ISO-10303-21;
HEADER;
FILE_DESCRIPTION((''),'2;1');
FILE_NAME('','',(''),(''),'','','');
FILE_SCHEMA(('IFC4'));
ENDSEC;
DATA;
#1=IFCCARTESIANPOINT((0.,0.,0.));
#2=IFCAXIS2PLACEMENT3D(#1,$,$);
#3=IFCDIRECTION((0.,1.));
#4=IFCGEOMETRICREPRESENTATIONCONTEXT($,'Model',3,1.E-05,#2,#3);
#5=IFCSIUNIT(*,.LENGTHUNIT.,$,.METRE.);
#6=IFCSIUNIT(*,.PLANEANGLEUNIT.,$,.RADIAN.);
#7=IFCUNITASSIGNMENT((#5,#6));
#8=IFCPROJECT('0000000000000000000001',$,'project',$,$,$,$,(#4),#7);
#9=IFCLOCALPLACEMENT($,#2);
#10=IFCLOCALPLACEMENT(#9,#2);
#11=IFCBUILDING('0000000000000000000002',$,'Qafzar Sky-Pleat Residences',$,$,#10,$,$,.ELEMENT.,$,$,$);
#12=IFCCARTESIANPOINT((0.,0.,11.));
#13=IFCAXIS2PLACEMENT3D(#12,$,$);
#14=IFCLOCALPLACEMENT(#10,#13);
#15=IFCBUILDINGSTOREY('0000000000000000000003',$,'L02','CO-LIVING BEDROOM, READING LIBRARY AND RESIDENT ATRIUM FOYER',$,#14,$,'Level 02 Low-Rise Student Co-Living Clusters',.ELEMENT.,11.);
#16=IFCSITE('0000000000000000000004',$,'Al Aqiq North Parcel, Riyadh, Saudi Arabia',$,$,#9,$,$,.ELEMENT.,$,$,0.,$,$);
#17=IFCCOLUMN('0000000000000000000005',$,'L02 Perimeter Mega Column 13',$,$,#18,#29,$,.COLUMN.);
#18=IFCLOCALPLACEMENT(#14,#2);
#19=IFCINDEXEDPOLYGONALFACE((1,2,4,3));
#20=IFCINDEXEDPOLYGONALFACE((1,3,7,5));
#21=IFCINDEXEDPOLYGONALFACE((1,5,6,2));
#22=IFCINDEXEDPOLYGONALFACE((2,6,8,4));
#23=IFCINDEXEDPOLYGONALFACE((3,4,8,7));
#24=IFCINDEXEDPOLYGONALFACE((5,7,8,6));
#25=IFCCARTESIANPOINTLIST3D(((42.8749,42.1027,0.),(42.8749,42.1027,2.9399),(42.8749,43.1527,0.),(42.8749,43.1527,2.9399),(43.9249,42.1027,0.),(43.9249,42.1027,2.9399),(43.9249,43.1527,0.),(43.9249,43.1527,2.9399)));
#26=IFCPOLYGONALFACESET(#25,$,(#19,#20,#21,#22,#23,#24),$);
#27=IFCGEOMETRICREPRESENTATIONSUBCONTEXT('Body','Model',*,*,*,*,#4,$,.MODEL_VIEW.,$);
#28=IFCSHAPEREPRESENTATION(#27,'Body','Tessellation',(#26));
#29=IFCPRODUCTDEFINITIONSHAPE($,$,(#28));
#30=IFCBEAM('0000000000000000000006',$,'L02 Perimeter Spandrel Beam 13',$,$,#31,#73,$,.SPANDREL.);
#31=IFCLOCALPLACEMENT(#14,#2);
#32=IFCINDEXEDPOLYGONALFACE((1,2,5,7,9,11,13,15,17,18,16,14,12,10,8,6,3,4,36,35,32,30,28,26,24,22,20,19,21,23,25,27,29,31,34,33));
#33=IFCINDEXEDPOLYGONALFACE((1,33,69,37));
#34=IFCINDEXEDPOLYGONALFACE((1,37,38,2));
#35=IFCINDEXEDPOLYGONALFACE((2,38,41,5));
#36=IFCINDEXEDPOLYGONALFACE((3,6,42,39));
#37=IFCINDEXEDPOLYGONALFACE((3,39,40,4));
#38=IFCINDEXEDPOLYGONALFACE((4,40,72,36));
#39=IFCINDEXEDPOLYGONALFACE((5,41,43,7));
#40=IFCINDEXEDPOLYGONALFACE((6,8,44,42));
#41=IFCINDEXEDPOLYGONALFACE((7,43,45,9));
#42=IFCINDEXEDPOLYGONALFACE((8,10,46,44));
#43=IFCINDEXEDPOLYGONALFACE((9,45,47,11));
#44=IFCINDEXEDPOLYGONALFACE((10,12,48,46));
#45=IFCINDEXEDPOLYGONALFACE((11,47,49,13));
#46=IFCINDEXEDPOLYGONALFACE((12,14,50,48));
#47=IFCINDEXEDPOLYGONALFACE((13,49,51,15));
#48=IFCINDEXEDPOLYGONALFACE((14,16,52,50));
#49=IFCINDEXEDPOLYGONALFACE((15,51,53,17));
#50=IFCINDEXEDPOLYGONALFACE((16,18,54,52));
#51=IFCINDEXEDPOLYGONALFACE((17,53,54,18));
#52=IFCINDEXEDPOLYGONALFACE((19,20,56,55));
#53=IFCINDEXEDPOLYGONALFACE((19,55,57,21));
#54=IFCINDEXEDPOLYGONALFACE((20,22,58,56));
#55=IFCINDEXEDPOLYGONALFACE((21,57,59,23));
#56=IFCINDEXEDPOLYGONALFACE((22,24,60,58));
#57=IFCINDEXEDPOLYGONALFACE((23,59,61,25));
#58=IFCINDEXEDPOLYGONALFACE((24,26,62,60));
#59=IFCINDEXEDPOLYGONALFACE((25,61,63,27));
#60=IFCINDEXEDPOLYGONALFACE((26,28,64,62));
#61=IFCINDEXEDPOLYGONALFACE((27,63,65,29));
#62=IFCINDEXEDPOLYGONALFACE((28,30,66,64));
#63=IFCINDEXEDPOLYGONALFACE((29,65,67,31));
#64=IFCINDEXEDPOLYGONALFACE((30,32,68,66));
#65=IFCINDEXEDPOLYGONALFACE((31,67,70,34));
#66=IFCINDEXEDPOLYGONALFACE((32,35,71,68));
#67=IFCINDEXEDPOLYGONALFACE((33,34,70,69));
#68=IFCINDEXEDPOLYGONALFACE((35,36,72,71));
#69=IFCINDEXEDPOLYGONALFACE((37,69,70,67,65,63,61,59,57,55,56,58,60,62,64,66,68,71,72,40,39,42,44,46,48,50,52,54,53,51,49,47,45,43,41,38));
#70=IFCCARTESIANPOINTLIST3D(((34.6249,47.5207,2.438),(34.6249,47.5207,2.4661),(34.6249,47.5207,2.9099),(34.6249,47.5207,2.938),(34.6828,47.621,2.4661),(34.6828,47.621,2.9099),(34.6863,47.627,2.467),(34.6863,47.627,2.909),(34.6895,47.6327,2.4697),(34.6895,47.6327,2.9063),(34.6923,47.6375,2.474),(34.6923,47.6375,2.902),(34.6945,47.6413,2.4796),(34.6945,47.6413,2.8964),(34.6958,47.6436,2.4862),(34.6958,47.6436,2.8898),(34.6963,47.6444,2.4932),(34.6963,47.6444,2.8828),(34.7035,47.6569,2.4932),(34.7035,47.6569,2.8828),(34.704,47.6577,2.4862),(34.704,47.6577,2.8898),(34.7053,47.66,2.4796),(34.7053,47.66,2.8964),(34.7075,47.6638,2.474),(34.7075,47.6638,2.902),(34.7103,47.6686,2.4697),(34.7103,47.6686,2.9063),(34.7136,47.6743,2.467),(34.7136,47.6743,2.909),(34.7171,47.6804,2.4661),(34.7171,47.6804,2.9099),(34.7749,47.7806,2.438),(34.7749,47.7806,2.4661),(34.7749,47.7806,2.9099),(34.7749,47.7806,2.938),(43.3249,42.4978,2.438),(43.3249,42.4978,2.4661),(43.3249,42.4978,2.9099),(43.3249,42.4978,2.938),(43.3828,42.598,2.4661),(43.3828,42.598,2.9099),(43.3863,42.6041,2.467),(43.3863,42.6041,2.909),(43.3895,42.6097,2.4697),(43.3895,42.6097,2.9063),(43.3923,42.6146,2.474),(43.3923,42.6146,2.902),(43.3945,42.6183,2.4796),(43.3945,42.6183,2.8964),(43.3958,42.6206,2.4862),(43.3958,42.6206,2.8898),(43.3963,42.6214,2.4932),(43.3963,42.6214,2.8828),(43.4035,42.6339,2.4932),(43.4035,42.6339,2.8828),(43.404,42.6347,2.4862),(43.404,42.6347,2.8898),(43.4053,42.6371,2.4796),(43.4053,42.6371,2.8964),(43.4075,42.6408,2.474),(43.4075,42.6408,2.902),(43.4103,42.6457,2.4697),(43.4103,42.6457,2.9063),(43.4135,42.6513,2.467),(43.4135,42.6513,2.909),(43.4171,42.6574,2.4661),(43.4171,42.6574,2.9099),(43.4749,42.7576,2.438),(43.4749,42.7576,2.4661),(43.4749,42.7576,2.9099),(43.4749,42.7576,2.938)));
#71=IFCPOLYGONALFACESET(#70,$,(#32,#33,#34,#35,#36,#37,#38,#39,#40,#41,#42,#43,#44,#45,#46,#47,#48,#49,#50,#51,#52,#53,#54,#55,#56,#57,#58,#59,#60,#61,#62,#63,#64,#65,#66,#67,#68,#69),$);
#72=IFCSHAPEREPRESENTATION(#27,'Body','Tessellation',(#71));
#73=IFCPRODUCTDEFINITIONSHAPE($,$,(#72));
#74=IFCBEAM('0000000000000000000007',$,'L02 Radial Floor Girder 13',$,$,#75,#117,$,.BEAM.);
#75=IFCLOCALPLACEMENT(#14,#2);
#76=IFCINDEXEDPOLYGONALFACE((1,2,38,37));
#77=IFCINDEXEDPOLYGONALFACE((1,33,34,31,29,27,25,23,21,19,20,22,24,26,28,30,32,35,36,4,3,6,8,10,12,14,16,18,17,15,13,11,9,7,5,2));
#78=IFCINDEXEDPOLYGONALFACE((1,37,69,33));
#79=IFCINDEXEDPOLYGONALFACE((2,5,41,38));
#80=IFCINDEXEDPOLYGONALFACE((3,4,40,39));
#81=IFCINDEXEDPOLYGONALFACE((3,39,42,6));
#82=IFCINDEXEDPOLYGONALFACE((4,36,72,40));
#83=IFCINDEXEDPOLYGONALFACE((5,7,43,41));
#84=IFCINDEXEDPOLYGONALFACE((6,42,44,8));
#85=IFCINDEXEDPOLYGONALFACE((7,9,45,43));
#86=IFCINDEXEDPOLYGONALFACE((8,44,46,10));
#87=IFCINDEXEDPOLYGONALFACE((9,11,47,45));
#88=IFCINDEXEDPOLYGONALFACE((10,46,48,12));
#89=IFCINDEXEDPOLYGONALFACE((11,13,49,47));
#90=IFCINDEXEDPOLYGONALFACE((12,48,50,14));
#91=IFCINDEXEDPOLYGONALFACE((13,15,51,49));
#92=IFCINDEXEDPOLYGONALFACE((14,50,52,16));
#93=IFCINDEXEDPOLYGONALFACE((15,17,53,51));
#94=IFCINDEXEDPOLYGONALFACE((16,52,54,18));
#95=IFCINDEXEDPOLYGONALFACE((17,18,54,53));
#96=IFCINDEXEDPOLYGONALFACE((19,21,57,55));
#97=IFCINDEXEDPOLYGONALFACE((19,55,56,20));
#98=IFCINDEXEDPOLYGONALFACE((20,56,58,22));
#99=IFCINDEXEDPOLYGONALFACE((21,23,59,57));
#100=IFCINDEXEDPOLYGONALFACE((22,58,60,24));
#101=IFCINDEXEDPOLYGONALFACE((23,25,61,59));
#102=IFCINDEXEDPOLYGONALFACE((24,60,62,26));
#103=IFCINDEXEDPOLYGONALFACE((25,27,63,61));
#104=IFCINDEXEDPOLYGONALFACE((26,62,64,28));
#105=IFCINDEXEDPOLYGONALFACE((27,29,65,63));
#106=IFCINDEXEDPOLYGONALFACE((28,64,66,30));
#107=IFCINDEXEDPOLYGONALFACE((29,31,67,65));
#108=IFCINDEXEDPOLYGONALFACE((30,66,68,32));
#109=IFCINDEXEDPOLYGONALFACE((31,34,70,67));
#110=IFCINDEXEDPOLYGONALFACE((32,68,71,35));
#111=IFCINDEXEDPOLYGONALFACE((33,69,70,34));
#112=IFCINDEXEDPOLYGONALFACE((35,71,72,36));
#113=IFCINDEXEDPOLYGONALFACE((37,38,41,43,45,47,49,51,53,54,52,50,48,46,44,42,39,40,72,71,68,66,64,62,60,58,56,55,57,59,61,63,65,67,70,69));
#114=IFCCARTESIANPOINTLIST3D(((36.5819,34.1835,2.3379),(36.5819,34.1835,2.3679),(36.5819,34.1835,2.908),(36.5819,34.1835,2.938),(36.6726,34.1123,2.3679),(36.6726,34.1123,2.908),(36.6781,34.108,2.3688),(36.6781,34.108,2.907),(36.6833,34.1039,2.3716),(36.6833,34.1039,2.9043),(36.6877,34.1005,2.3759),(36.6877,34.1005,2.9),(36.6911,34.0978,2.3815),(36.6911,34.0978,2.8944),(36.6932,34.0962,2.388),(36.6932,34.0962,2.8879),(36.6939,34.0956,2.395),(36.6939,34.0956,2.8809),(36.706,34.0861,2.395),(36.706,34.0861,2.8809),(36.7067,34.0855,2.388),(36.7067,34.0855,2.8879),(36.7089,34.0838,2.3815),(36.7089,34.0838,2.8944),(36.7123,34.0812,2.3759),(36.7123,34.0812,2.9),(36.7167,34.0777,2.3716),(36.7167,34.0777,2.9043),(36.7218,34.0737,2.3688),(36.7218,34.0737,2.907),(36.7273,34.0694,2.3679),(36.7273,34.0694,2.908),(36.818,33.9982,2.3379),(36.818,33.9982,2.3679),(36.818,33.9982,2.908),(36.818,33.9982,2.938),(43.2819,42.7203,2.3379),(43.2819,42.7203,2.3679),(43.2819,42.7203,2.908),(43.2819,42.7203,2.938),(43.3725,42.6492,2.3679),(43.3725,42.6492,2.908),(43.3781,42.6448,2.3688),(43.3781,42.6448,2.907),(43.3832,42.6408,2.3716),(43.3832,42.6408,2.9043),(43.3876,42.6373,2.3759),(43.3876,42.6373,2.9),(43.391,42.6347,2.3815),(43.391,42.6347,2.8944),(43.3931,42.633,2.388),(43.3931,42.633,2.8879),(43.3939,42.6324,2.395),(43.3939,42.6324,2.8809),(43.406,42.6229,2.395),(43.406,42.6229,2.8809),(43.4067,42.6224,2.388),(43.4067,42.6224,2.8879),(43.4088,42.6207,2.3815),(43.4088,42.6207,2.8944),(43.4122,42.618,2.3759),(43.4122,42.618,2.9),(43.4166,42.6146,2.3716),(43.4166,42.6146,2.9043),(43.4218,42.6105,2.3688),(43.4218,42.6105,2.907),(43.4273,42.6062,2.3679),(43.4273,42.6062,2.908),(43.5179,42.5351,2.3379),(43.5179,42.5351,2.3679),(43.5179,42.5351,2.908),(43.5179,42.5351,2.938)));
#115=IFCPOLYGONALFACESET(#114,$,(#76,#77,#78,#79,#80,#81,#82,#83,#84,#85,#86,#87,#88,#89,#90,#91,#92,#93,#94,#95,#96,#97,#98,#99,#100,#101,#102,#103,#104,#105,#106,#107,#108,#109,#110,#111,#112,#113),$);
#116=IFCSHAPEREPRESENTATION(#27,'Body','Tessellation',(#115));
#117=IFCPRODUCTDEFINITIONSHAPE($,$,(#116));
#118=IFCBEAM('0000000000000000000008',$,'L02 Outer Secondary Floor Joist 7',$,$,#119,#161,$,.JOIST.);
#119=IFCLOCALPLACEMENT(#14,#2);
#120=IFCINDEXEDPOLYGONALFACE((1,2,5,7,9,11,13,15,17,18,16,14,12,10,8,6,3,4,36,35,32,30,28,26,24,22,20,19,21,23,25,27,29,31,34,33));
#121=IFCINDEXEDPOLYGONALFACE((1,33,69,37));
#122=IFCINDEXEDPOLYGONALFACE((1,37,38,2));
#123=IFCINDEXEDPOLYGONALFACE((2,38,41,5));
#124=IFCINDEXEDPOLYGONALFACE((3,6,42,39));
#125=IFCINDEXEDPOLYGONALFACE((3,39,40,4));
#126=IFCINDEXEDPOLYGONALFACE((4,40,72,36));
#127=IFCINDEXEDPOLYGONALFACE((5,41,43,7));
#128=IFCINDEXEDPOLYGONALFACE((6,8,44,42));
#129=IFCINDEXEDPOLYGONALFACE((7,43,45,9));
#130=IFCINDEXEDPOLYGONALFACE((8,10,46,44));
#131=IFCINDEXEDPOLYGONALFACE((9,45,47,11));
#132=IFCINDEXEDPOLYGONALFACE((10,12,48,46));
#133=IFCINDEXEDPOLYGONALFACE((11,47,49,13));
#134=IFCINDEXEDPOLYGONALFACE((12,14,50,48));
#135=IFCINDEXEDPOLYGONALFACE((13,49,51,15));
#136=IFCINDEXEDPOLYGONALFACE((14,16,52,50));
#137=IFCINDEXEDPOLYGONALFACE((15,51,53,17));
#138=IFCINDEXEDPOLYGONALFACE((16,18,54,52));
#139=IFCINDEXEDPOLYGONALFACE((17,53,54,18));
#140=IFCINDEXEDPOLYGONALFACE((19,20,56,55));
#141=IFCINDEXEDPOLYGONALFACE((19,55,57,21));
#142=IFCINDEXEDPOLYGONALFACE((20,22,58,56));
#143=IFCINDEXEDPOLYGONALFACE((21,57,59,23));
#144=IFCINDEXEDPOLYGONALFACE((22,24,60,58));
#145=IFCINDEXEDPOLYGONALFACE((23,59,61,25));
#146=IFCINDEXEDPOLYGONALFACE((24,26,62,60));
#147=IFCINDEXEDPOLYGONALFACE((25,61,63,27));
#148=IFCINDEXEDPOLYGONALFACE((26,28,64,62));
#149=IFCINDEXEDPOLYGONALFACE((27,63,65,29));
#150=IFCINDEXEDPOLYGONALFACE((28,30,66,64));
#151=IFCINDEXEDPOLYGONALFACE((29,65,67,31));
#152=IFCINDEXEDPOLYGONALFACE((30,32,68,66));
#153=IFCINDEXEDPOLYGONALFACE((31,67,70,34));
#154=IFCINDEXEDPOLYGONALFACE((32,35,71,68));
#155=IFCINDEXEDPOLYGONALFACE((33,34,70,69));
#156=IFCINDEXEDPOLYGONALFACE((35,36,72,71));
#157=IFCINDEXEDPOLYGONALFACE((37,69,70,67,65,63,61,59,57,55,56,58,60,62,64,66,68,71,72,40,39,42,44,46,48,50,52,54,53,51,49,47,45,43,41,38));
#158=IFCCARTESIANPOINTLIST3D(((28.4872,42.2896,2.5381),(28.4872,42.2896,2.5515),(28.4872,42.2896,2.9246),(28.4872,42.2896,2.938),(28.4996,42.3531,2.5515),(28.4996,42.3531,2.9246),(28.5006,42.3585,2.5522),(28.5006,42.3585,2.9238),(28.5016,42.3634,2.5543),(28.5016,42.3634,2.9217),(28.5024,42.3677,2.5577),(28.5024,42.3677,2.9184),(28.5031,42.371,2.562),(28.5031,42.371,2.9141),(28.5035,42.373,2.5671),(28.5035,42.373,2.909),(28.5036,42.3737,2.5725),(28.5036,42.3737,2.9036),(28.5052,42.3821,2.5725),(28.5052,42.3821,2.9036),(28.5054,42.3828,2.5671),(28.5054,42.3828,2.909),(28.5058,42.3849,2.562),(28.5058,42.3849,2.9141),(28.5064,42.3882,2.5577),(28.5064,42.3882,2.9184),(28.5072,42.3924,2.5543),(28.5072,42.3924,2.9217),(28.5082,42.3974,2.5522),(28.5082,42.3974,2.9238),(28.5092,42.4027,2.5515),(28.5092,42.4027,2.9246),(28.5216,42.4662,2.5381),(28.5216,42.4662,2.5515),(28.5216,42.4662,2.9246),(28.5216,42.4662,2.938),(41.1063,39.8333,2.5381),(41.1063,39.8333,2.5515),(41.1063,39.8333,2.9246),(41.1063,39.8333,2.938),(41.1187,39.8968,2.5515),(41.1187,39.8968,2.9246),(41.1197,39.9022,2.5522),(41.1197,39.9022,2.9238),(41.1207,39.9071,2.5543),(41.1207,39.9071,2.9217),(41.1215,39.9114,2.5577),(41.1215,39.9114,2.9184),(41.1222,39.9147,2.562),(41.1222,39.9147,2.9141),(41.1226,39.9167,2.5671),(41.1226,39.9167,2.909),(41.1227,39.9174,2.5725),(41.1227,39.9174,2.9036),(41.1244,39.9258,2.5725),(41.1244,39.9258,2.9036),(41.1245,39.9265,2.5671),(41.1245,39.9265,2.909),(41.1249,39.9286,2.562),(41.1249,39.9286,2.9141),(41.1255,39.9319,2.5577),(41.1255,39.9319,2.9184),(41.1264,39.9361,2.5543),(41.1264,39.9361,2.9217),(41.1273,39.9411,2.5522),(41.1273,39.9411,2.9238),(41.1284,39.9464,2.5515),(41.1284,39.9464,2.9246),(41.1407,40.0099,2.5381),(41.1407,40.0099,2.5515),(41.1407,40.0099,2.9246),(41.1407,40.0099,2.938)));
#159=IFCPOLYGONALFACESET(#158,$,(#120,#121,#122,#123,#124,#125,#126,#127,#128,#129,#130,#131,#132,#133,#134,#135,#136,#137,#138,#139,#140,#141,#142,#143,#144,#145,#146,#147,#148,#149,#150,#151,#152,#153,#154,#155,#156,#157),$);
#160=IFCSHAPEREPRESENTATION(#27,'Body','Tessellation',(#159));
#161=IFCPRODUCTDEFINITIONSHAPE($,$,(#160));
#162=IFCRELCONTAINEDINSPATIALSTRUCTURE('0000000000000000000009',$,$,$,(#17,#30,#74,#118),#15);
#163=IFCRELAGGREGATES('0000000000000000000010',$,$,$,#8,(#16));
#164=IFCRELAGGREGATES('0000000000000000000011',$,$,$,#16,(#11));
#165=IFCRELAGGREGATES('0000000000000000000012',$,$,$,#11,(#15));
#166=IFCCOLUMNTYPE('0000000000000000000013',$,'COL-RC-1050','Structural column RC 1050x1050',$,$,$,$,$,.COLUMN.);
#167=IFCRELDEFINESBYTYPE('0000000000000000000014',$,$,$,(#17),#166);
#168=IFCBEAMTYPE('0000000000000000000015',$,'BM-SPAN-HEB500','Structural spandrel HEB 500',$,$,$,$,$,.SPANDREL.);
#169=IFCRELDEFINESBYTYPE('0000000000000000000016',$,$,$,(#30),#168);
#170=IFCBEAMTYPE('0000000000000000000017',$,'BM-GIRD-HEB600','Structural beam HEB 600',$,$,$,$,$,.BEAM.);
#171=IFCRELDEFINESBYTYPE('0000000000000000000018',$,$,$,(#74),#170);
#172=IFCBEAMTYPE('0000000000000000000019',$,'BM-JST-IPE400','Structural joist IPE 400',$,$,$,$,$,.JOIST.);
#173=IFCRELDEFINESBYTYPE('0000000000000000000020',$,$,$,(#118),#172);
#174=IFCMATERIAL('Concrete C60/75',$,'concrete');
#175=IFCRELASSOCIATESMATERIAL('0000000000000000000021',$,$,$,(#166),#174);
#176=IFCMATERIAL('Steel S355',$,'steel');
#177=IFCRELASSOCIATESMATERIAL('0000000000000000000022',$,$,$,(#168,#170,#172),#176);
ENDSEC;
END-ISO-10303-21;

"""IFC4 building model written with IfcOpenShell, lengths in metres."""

from ifc_helpers import new_model, si_unit, direction, frame, origin, origin_2d, place, context, subcontext, project, spatial, rectangle, i_section, extrude, source, transform, mapped, material, material_profile, profile_set, type_object, element, save


model = new_model("IFC4")

# Units and contexts
model_context = context("Model", 3, precision=1e-05, world=origin(), true_north=direction((0.0, 1.0)))
body_context = subcontext(model_context, "Body", "Model", "MODEL_VIEW")
ifc_project = project(units=[si_unit("LENGTHUNIT", "METRE"), si_unit("PLANEANGLEUNIT", "RADIAN")], contexts=[model_context])

# Site, building, storey
site_placement = place(None, origin())
site = spatial("IfcSite", under=ifc_project, at=site_placement, Name="Al Aqiq North Parcel, Riyadh, Saudi Arabia", CompositionType="ELEMENT", RefElevation=0.0)
building_placement = place(site_placement, origin())
building = spatial("IfcBuilding", under=site, at=building_placement, Name="Qafzar Sky-Pleat Residences", CompositionType="ELEMENT")
storey_placement = place(building_placement, frame((0.0, 0.0, 11.0)))
storey = spatial("IfcBuildingStorey", under=building, at=storey_placement, Name="L02", Description="CO-LIVING BEDROOM, READING LIBRARY AND RESIDENT ATRIUM FOYER", LongName="Level 02 Low-Rise Student Co-Living Clusters", CompositionType="ELEMENT", Elevation=11.0)

# Column
ifc_material_1 = material(Name="Concrete C60/75", Category="concrete")
ifc_material_profile_1 = material_profile(ifc_material_1, rectangle(XDim=1.05, YDim=1.05, at=origin_2d()), Name="RC 1050x1050")
ifc_profile_set_1 = profile_set([ifc_material_profile_1], Name="Concrete C60/75")
column_type = type_object("IfcColumnType", Name="COL-RC-1050", Description="Structural column RC 1050x1050", PredefinedType="COLUMN", material=ifc_profile_set_1)
shared_shape_1 = source(origin(), body_context, "Body", "SweptSolid", [
    extrude(rectangle(XDim=1.05, YDim=1.05, at=origin_2d()), origin(), (0.0, 0.0, 1.0), 2.9399),
])
column_placement = place(storey_placement, frame((43.3999, 42.6277, 0.0), z_axis=(0.0, 0.0, 1.0), x_axis=(1.0, 0.0, 0.0)))
element("IfcColumn", 1, at=column_placement, inside=storey, type_object=column_type, Name="L02 Perimeter Mega Column 13", PredefinedType="COLUMN", context=body_context, shape_type="MappedRepresentation", body=[
    mapped(shared_shape_1, transform((0.0, 0.0, 0.0), x_axis=(1.0, 0.0, 0.0), y_axis=(0.0, 1.0, 0.0), z_axis=(0.0, 0.0, 1.0), scale=1.0)),
])

# Beams
ifc_material_2 = material(Name="Steel S355", Category="steel")
ifc_material_profile_2 = material_profile(ifc_material_2, i_section(OverallWidth=0.3, OverallDepth=0.5, WebThickness=0.0144, FlangeThickness=0.0281, FilletRadius=0.0271, at=origin_2d()), Name="HEB 500")
ifc_profile_set_2 = profile_set([ifc_material_profile_2], Name="Steel S355")
beam_type_1 = type_object("IfcBeamType", Name="BM-SPAN-HEB500", Description="Structural spandrel HEB 500", PredefinedType="SPANDREL", material=ifc_profile_set_2)
shared_shape_2 = source(origin(), body_context, "Body", "SweptSolid", [
    extrude(i_section(OverallWidth=0.3, OverallDepth=0.5, WebThickness=0.0144, FlangeThickness=0.0281, FilletRadius=0.0271, at=origin_2d()), origin(), (0.0, 0.0, 1.0), 10.0459),
])
beam_1_placement = place(storey_placement, frame((43.3999, 42.6277, 2.688), z_axis=(-0.866024, 0.500002, 0.0), x_axis=(-0.500002, -0.866024, 0.0)))
element("IfcBeam", 2, at=beam_1_placement, inside=storey, type_object=beam_type_1, Name="L02 Perimeter Spandrel Beam 13", PredefinedType="SPANDREL", context=body_context, shape_type="MappedRepresentation", body=[
    mapped(shared_shape_2, transform((0.0, 0.0, 0.0), x_axis=(1.0, 0.0, 0.0), y_axis=(0.0, 1.0, 0.0), z_axis=(0.0, 0.0, 1.0), scale=1.0)),
])
ifc_material_profile_3 = material_profile(ifc_material_2, i_section(OverallWidth=0.3, OverallDepth=0.6001, WebThickness=0.0154, FlangeThickness=0.03, FilletRadius=0.0271, at=origin_2d()), Name="HEB 600")
ifc_profile_set_3 = profile_set([ifc_material_profile_3], Name="Steel S355")
beam_type_2 = type_object("IfcBeamType", Name="BM-GIRD-HEB600", Description="Structural beam HEB 600", PredefinedType="BEAM", material=ifc_profile_set_3)
shared_shape_3 = source(origin(), body_context, "Body", "SweptSolid", [
    extrude(i_section(OverallWidth=0.3, OverallDepth=0.6001, WebThickness=0.0154, FlangeThickness=0.03, FilletRadius=0.0271, at=origin_2d()), origin(), (0.0, 0.0, 1.0), 10.8521),
])
beam_2_placement = place(storey_placement, frame((43.3999, 42.6277, 2.6379), z_axis=(-0.617389, -0.786658, 0.0), x_axis=(0.786658, -0.617389, 0.0)))
element("IfcBeam", 3, at=beam_2_placement, inside=storey, type_object=beam_type_2, Name="L02 Radial Floor Girder 13", PredefinedType="BEAM", context=body_context, shape_type="MappedRepresentation", body=[
    mapped(shared_shape_3, transform((0.0, 0.0, 0.0), x_axis=(1.0, 0.0, 0.0), y_axis=(0.0, 1.0, 0.0), z_axis=(0.0, 0.0, 1.0), scale=1.0)),
])
ifc_material_profile_4 = material_profile(ifc_material_2, i_section(OverallWidth=0.1799, OverallDepth=0.3999, WebThickness=0.0085, FlangeThickness=0.0134, FilletRadius=0.021, at=origin_2d()), Name="IPE 400")
ifc_profile_set_4 = profile_set([ifc_material_profile_4], Name="Steel S355")
beam_type_3 = type_object("IfcBeamType", Name="BM-JST-IPE400", Description="Structural joist IPE 400", PredefinedType="JOIST", material=ifc_profile_set_4)
shared_shape_4 = source(origin(), body_context, "Body", "SweptSolid", [
    extrude(i_section(OverallWidth=0.1799, OverallDepth=0.3999, WebThickness=0.0085, FlangeThickness=0.0134, FilletRadius=0.021, at=origin_2d()), origin(), (0.0, 0.0, 1.0), 12.856),
])
beam_3_placement = place(storey_placement, frame((41.1235, 39.9216, 2.738), z_axis=(-0.981578, 0.191063, 0.0), x_axis=(-0.191063, -0.981578, 0.0)))
element("IfcBeam", 4, at=beam_3_placement, inside=storey, type_object=beam_type_3, Name="L02 Outer Secondary Floor Joist 7", PredefinedType="JOIST", context=body_context, shape_type="MappedRepresentation", body=[
    mapped(shared_shape_4, transform((0.0, 0.0, 0.0), x_axis=(1.0, 0.0, 0.0), y_axis=(0.0, 1.0, 0.0), z_axis=(0.0, 0.0, 1.0), scale=1.0)),
])

save(model, "model.ifc")
